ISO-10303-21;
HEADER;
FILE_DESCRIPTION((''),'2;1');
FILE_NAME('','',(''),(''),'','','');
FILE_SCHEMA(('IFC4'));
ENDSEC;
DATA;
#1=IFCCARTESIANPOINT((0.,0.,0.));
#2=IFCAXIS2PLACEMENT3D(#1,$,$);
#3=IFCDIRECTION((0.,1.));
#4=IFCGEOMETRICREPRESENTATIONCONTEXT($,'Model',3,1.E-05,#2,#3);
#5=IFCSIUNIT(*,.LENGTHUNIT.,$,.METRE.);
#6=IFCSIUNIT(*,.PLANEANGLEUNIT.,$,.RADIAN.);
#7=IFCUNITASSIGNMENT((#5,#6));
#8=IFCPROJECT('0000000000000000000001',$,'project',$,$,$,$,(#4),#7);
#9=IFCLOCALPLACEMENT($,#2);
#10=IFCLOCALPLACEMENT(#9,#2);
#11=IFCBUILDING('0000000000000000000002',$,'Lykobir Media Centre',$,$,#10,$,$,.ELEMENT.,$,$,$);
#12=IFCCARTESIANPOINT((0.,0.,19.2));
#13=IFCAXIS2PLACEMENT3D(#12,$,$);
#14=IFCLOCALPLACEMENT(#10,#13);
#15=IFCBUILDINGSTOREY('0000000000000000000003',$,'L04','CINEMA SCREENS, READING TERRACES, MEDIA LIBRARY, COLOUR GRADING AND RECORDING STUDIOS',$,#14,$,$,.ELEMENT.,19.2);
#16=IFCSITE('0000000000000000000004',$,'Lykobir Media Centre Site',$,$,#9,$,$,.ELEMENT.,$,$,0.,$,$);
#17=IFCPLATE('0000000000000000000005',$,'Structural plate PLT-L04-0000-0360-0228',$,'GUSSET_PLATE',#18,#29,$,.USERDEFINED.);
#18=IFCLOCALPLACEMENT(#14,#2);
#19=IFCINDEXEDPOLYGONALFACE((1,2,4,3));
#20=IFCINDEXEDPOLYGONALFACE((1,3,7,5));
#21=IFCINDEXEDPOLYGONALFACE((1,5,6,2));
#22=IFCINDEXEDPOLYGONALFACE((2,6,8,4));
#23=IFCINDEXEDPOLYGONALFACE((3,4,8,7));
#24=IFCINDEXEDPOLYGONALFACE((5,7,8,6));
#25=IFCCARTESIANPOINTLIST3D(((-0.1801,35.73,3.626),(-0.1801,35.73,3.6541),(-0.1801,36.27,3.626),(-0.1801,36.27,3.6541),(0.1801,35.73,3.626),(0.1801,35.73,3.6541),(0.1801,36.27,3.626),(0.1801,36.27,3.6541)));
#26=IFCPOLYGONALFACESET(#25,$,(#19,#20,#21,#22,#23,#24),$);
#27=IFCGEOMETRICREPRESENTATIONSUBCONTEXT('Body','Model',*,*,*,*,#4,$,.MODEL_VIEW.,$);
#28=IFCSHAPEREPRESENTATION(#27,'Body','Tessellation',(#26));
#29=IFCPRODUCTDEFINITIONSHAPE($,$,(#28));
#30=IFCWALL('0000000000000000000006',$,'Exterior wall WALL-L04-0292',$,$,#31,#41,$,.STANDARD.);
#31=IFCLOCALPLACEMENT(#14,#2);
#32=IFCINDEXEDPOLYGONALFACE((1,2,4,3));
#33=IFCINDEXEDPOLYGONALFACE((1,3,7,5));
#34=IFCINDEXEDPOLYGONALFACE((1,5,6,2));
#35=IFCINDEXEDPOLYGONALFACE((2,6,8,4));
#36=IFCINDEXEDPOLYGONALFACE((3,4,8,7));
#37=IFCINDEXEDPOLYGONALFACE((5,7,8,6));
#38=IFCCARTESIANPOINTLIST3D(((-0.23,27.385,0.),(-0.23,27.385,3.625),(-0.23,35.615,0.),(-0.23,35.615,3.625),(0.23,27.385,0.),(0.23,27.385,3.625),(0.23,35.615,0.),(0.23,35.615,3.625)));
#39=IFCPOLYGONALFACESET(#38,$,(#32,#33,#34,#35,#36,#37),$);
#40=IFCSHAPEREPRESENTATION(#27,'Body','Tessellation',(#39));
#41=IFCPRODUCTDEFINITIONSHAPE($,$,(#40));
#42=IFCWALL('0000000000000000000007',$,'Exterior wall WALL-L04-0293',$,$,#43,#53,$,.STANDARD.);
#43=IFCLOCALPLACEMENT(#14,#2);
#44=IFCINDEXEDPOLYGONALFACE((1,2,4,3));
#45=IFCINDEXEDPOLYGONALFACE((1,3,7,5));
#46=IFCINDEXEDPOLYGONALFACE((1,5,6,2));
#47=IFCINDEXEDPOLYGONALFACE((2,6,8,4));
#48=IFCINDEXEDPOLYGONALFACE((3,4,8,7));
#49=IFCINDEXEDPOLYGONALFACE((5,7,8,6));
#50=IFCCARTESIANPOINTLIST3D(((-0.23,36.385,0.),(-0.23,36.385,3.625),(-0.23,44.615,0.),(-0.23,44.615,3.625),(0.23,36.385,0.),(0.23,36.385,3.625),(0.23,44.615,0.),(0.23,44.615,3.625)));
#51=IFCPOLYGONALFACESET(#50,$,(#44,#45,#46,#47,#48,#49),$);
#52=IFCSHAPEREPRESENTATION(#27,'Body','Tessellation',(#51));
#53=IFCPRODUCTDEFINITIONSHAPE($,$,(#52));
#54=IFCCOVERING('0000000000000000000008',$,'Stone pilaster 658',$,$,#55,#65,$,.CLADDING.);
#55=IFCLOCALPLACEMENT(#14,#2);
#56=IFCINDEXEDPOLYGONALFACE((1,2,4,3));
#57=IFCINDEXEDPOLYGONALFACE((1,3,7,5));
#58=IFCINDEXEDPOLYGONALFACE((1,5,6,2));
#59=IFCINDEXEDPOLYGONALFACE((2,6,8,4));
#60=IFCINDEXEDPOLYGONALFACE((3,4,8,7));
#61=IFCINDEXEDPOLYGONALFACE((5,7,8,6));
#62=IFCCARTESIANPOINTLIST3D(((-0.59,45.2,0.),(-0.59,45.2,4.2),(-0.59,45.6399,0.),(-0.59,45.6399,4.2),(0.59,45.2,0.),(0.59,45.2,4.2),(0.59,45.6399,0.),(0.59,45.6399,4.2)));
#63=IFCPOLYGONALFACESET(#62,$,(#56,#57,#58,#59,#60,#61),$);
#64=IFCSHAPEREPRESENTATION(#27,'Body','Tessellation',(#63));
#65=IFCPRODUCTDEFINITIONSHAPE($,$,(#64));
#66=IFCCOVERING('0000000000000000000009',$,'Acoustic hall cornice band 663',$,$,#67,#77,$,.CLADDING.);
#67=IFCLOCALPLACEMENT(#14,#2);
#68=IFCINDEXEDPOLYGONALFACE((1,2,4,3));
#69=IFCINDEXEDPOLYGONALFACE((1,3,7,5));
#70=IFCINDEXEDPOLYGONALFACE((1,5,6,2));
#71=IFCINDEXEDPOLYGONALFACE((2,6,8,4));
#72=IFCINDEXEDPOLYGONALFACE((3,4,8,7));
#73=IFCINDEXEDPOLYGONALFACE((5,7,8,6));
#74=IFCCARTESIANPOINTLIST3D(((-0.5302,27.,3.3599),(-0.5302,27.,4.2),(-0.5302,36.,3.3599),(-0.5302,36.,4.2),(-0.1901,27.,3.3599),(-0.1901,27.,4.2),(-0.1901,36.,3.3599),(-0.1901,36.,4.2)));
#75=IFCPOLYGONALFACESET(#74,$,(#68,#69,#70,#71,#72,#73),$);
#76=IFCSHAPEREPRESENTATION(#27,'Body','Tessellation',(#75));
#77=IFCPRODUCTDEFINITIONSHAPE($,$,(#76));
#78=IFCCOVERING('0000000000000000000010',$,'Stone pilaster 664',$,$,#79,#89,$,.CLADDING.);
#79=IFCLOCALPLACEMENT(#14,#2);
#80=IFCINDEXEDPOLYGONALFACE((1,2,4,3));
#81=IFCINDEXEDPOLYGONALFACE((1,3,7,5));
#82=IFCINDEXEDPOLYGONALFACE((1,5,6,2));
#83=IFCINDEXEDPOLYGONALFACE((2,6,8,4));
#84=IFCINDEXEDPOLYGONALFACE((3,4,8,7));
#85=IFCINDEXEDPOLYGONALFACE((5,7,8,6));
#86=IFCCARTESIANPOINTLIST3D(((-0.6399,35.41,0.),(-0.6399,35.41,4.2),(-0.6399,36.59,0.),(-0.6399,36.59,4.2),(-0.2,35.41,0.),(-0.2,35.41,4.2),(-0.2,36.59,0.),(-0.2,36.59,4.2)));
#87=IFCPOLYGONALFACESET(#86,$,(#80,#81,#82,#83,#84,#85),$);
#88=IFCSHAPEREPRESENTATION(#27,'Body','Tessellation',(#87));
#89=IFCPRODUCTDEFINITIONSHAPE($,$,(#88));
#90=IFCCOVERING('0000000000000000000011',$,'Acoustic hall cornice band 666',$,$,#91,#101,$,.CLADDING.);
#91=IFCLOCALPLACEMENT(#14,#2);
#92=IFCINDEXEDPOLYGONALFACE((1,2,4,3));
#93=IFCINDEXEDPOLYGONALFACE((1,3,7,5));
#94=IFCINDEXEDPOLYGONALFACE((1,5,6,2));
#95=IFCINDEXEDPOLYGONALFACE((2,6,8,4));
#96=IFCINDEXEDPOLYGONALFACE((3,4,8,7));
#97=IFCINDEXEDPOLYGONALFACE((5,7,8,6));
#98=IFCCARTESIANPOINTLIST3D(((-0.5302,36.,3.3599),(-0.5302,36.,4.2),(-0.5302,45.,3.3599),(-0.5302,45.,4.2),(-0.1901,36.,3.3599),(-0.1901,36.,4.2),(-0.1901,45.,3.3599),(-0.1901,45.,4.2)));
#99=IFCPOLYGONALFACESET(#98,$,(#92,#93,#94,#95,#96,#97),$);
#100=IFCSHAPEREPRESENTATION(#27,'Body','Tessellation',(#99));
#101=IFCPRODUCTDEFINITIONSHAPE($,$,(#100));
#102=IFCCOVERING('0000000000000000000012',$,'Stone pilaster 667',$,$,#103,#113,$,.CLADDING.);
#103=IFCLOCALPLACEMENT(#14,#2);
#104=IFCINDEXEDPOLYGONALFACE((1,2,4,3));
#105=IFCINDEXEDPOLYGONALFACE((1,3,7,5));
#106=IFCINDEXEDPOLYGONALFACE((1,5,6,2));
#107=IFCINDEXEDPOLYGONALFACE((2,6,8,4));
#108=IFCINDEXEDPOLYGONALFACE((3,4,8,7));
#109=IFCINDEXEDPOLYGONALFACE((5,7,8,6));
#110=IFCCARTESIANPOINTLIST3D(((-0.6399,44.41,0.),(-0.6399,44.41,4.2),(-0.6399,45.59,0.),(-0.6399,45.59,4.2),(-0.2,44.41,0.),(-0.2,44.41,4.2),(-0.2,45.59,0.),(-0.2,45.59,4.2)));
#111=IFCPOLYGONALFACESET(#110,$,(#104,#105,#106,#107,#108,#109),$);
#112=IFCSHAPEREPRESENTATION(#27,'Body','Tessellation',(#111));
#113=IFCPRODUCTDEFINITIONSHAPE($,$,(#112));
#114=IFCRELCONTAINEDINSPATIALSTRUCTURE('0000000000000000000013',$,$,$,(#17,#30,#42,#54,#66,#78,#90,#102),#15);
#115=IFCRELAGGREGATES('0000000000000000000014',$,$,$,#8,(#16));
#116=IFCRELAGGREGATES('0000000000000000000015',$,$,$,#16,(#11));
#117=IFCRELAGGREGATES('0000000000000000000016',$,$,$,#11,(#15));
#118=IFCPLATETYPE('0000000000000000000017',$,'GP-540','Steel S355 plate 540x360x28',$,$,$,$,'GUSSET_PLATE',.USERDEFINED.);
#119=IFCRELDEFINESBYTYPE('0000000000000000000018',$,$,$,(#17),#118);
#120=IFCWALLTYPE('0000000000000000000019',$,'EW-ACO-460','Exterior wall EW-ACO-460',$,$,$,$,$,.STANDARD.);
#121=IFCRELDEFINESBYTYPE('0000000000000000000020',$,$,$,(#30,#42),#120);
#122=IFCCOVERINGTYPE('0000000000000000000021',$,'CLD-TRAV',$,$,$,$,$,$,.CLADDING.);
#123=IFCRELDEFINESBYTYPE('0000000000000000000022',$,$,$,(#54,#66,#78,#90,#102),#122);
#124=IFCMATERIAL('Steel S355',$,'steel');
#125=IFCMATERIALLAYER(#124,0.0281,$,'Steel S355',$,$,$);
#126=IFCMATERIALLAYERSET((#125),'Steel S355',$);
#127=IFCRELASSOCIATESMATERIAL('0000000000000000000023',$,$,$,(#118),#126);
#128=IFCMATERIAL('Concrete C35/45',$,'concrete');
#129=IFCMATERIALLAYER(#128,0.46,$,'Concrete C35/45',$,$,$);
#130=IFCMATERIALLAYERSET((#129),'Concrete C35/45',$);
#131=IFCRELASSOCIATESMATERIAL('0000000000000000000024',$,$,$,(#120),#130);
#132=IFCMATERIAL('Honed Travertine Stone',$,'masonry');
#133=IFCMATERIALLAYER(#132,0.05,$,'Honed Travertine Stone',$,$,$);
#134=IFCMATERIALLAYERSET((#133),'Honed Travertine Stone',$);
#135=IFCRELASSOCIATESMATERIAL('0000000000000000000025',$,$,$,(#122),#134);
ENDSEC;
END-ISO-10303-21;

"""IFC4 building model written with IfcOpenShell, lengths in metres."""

from ifc_helpers import new_model, si_unit, direction, frame, frame_2d, origin, origin_2d, place, context, subcontext, project, spatial, rectangle, extrude, material, layer, layer_set, type_object, element, save


model = new_model("IFC4")

# Units and contexts
model_context = context("Model", 3, precision=1e-05, world=origin(), true_north=direction((0.0, 1.0)))
body_context = subcontext(model_context, "Body", "Model", "MODEL_VIEW")
ifc_project = project(units=[si_unit("LENGTHUNIT", "METRE"), si_unit("PLANEANGLEUNIT", "RADIAN")], contexts=[model_context])

# Site, building, storey
site_placement = place(None, origin())
site = spatial("IfcSite", under=ifc_project, at=site_placement, Name="Lykobir Media Centre Site", CompositionType="ELEMENT", RefElevation=0.0)
building_placement = place(site_placement, origin())
building = spatial("IfcBuilding", under=site, at=building_placement, Name="Lykobir Media Centre", CompositionType="ELEMENT")
storey_placement = place(building_placement, frame((0.0, 0.0, 19.2)))
storey = spatial("IfcBuildingStorey", under=building, at=storey_placement, Name="L04", Description="CINEMA SCREENS, READING TERRACES, MEDIA LIBRARY, COLOUR GRADING AND RECORDING STUDIOS", CompositionType="ELEMENT", Elevation=19.2)

# Shared definitions
ifc_material_1 = material(Name="Steel S355", Category="steel")

# Plate
ifc_layer_1 = layer(ifc_material_1, 0.0281, Name="Steel S355")
ifc_layer_set_1 = layer_set([ifc_layer_1], Name="Steel S355")
plate_type_1 = type_object("IfcPlateType", Name="GP-540", Description="Steel S355 plate 540x360x28", ElementType="GUSSET_PLATE", PredefinedType="USERDEFINED", material=ifc_layer_set_1)
plate_placement = place(storey_placement, frame((0.0, 36.0, 3.626), z_axis=(0.0, 0.0, 1.0), x_axis=(0.0, 1.0, 0.0)))
element("IfcPlate", 1, at=plate_placement, inside=storey, type_object=plate_type_1, Name="Structural plate PLT-L04-0000-0360-0228", ObjectType="GUSSET_PLATE", PredefinedType="USERDEFINED", context=body_context, shape_type="SweptSolid", body=[
    extrude(rectangle(XDim=0.54, YDim=0.3601, at=origin_2d()), origin(), (0.0, 0.0, 1.0), 0.0281),
])

# Walls
ifc_material_2 = material(Name="Concrete C35/45", Category="concrete")
ifc_layer_2 = layer(ifc_material_2, 0.46, Name="Concrete C35/45")
ifc_layer_set_2 = layer_set([ifc_layer_2], Name="Concrete C35/45")
wall_type = type_object("IfcWallType", Name="EW-ACO-460", Description="Exterior wall EW-ACO-460", PredefinedType="STANDARD", material=ifc_layer_set_2)
for number, where, z_axis, x_axis, name in (
    (2, (0.0, 35.615, 0.0), (0.0, 0.0, 1.0), (0.0, -1.0, 0.0), "Exterior wall WALL-L04-0292"),
    (3, (0.0, 44.615, 0.0), (0.0, 0.0, 1.0), (0.0, -1.0, 0.0), "Exterior wall WALL-L04-0293"),
):
    element("IfcWall", number, at=place(storey_placement, frame(where, z_axis=z_axis, x_axis=x_axis)), inside=storey, type_object=wall_type, Name=name, PredefinedType="STANDARD", context=body_context, shape_type="SweptSolid", body=[
        extrude(rectangle(XDim=8.23, YDim=0.46, at=frame_2d((4.115, 0.0))), origin(), (0.0, 0.0, 1.0), 3.625),
    ])

# Coverings
ifc_material_3 = material(Name="Honed Travertine Stone", Category="masonry")
ifc_layer_3 = layer(ifc_material_3, 0.05, Name="Honed Travertine Stone")
ifc_layer_set_3 = layer_set([ifc_layer_3], Name="Honed Travertine Stone")
covering_type = type_object("IfcCoveringType", Name="CLD-TRAV", PredefinedType="CLADDING", material=ifc_layer_set_3)
covering_1_placement = place(storey_placement, frame((0.0, 45.4199, 0.0), z_axis=(0.0, 0.0, 1.0), x_axis=(-1.0, 0.0, 0.0)))
element("IfcCovering", 4, at=covering_1_placement, inside=storey, type_object=covering_type, Name="Stone pilaster 658", PredefinedType="CLADDING", context=body_context, shape_type="SweptSolid", body=[
    extrude(rectangle(XDim=1.1799, YDim=0.4399, at=origin_2d()), origin(), (0.0, 0.0, 1.0), 4.2),
])
covering_2_placement = place(storey_placement, frame((-0.3601, 31.5, 3.3599), z_axis=(0.0, 0.0, 1.0), x_axis=(0.0, -1.0, 0.0)))
element("IfcCovering", 5, at=covering_2_placement, inside=storey, type_object=covering_type, Name="Acoustic hall cornice band 663", PredefinedType="CLADDING", context=body_context, shape_type="SweptSolid", body=[
    extrude(rectangle(XDim=9.0, YDim=0.3401, at=origin_2d()), origin(), (0.0, 0.0, 1.0), 0.8401),
])
covering_3_placement = place(storey_placement, frame((-0.4199, 36.0, 0.0), z_axis=(0.0, 0.0, 1.0), x_axis=(0.0, -1.0, 0.0)))
element("IfcCovering", 6, at=covering_3_placement, inside=storey, type_object=covering_type, Name="Stone pilaster 664", PredefinedType="CLADDING", context=body_context, shape_type="SweptSolid", body=[
    extrude(rectangle(XDim=1.1799, YDim=0.4399, at=origin_2d()), origin(), (0.0, 0.0, 1.0), 4.2),
])
covering_4_placement = place(storey_placement, frame((-0.3601, 40.5, 3.3599), z_axis=(0.0, 0.0, 1.0), x_axis=(0.0, -1.0, 0.0)))
element("IfcCovering", 7, at=covering_4_placement, inside=storey, type_object=covering_type, Name="Acoustic hall cornice band 666", PredefinedType="CLADDING", context=body_context, shape_type="SweptSolid", body=[
    extrude(rectangle(XDim=9.0, YDim=0.3401, at=origin_2d()), origin(), (0.0, 0.0, 1.0), 0.8401),
])
covering_5_placement = place(storey_placement, frame((-0.4199, 45.0, 0.0), z_axis=(0.0, 0.0, 1.0), x_axis=(0.0, -1.0, 0.0)))
element("IfcCovering", 8, at=covering_5_placement, inside=storey, type_object=covering_type, Name="Stone pilaster 667", PredefinedType="CLADDING", context=body_context, shape_type="SweptSolid", body=[
    extrude(rectangle(XDim=1.1799, YDim=0.4399, at=origin_2d()), origin(), (0.0, 0.0, 1.0), 4.2),
])

save(model, "model.ifc")
